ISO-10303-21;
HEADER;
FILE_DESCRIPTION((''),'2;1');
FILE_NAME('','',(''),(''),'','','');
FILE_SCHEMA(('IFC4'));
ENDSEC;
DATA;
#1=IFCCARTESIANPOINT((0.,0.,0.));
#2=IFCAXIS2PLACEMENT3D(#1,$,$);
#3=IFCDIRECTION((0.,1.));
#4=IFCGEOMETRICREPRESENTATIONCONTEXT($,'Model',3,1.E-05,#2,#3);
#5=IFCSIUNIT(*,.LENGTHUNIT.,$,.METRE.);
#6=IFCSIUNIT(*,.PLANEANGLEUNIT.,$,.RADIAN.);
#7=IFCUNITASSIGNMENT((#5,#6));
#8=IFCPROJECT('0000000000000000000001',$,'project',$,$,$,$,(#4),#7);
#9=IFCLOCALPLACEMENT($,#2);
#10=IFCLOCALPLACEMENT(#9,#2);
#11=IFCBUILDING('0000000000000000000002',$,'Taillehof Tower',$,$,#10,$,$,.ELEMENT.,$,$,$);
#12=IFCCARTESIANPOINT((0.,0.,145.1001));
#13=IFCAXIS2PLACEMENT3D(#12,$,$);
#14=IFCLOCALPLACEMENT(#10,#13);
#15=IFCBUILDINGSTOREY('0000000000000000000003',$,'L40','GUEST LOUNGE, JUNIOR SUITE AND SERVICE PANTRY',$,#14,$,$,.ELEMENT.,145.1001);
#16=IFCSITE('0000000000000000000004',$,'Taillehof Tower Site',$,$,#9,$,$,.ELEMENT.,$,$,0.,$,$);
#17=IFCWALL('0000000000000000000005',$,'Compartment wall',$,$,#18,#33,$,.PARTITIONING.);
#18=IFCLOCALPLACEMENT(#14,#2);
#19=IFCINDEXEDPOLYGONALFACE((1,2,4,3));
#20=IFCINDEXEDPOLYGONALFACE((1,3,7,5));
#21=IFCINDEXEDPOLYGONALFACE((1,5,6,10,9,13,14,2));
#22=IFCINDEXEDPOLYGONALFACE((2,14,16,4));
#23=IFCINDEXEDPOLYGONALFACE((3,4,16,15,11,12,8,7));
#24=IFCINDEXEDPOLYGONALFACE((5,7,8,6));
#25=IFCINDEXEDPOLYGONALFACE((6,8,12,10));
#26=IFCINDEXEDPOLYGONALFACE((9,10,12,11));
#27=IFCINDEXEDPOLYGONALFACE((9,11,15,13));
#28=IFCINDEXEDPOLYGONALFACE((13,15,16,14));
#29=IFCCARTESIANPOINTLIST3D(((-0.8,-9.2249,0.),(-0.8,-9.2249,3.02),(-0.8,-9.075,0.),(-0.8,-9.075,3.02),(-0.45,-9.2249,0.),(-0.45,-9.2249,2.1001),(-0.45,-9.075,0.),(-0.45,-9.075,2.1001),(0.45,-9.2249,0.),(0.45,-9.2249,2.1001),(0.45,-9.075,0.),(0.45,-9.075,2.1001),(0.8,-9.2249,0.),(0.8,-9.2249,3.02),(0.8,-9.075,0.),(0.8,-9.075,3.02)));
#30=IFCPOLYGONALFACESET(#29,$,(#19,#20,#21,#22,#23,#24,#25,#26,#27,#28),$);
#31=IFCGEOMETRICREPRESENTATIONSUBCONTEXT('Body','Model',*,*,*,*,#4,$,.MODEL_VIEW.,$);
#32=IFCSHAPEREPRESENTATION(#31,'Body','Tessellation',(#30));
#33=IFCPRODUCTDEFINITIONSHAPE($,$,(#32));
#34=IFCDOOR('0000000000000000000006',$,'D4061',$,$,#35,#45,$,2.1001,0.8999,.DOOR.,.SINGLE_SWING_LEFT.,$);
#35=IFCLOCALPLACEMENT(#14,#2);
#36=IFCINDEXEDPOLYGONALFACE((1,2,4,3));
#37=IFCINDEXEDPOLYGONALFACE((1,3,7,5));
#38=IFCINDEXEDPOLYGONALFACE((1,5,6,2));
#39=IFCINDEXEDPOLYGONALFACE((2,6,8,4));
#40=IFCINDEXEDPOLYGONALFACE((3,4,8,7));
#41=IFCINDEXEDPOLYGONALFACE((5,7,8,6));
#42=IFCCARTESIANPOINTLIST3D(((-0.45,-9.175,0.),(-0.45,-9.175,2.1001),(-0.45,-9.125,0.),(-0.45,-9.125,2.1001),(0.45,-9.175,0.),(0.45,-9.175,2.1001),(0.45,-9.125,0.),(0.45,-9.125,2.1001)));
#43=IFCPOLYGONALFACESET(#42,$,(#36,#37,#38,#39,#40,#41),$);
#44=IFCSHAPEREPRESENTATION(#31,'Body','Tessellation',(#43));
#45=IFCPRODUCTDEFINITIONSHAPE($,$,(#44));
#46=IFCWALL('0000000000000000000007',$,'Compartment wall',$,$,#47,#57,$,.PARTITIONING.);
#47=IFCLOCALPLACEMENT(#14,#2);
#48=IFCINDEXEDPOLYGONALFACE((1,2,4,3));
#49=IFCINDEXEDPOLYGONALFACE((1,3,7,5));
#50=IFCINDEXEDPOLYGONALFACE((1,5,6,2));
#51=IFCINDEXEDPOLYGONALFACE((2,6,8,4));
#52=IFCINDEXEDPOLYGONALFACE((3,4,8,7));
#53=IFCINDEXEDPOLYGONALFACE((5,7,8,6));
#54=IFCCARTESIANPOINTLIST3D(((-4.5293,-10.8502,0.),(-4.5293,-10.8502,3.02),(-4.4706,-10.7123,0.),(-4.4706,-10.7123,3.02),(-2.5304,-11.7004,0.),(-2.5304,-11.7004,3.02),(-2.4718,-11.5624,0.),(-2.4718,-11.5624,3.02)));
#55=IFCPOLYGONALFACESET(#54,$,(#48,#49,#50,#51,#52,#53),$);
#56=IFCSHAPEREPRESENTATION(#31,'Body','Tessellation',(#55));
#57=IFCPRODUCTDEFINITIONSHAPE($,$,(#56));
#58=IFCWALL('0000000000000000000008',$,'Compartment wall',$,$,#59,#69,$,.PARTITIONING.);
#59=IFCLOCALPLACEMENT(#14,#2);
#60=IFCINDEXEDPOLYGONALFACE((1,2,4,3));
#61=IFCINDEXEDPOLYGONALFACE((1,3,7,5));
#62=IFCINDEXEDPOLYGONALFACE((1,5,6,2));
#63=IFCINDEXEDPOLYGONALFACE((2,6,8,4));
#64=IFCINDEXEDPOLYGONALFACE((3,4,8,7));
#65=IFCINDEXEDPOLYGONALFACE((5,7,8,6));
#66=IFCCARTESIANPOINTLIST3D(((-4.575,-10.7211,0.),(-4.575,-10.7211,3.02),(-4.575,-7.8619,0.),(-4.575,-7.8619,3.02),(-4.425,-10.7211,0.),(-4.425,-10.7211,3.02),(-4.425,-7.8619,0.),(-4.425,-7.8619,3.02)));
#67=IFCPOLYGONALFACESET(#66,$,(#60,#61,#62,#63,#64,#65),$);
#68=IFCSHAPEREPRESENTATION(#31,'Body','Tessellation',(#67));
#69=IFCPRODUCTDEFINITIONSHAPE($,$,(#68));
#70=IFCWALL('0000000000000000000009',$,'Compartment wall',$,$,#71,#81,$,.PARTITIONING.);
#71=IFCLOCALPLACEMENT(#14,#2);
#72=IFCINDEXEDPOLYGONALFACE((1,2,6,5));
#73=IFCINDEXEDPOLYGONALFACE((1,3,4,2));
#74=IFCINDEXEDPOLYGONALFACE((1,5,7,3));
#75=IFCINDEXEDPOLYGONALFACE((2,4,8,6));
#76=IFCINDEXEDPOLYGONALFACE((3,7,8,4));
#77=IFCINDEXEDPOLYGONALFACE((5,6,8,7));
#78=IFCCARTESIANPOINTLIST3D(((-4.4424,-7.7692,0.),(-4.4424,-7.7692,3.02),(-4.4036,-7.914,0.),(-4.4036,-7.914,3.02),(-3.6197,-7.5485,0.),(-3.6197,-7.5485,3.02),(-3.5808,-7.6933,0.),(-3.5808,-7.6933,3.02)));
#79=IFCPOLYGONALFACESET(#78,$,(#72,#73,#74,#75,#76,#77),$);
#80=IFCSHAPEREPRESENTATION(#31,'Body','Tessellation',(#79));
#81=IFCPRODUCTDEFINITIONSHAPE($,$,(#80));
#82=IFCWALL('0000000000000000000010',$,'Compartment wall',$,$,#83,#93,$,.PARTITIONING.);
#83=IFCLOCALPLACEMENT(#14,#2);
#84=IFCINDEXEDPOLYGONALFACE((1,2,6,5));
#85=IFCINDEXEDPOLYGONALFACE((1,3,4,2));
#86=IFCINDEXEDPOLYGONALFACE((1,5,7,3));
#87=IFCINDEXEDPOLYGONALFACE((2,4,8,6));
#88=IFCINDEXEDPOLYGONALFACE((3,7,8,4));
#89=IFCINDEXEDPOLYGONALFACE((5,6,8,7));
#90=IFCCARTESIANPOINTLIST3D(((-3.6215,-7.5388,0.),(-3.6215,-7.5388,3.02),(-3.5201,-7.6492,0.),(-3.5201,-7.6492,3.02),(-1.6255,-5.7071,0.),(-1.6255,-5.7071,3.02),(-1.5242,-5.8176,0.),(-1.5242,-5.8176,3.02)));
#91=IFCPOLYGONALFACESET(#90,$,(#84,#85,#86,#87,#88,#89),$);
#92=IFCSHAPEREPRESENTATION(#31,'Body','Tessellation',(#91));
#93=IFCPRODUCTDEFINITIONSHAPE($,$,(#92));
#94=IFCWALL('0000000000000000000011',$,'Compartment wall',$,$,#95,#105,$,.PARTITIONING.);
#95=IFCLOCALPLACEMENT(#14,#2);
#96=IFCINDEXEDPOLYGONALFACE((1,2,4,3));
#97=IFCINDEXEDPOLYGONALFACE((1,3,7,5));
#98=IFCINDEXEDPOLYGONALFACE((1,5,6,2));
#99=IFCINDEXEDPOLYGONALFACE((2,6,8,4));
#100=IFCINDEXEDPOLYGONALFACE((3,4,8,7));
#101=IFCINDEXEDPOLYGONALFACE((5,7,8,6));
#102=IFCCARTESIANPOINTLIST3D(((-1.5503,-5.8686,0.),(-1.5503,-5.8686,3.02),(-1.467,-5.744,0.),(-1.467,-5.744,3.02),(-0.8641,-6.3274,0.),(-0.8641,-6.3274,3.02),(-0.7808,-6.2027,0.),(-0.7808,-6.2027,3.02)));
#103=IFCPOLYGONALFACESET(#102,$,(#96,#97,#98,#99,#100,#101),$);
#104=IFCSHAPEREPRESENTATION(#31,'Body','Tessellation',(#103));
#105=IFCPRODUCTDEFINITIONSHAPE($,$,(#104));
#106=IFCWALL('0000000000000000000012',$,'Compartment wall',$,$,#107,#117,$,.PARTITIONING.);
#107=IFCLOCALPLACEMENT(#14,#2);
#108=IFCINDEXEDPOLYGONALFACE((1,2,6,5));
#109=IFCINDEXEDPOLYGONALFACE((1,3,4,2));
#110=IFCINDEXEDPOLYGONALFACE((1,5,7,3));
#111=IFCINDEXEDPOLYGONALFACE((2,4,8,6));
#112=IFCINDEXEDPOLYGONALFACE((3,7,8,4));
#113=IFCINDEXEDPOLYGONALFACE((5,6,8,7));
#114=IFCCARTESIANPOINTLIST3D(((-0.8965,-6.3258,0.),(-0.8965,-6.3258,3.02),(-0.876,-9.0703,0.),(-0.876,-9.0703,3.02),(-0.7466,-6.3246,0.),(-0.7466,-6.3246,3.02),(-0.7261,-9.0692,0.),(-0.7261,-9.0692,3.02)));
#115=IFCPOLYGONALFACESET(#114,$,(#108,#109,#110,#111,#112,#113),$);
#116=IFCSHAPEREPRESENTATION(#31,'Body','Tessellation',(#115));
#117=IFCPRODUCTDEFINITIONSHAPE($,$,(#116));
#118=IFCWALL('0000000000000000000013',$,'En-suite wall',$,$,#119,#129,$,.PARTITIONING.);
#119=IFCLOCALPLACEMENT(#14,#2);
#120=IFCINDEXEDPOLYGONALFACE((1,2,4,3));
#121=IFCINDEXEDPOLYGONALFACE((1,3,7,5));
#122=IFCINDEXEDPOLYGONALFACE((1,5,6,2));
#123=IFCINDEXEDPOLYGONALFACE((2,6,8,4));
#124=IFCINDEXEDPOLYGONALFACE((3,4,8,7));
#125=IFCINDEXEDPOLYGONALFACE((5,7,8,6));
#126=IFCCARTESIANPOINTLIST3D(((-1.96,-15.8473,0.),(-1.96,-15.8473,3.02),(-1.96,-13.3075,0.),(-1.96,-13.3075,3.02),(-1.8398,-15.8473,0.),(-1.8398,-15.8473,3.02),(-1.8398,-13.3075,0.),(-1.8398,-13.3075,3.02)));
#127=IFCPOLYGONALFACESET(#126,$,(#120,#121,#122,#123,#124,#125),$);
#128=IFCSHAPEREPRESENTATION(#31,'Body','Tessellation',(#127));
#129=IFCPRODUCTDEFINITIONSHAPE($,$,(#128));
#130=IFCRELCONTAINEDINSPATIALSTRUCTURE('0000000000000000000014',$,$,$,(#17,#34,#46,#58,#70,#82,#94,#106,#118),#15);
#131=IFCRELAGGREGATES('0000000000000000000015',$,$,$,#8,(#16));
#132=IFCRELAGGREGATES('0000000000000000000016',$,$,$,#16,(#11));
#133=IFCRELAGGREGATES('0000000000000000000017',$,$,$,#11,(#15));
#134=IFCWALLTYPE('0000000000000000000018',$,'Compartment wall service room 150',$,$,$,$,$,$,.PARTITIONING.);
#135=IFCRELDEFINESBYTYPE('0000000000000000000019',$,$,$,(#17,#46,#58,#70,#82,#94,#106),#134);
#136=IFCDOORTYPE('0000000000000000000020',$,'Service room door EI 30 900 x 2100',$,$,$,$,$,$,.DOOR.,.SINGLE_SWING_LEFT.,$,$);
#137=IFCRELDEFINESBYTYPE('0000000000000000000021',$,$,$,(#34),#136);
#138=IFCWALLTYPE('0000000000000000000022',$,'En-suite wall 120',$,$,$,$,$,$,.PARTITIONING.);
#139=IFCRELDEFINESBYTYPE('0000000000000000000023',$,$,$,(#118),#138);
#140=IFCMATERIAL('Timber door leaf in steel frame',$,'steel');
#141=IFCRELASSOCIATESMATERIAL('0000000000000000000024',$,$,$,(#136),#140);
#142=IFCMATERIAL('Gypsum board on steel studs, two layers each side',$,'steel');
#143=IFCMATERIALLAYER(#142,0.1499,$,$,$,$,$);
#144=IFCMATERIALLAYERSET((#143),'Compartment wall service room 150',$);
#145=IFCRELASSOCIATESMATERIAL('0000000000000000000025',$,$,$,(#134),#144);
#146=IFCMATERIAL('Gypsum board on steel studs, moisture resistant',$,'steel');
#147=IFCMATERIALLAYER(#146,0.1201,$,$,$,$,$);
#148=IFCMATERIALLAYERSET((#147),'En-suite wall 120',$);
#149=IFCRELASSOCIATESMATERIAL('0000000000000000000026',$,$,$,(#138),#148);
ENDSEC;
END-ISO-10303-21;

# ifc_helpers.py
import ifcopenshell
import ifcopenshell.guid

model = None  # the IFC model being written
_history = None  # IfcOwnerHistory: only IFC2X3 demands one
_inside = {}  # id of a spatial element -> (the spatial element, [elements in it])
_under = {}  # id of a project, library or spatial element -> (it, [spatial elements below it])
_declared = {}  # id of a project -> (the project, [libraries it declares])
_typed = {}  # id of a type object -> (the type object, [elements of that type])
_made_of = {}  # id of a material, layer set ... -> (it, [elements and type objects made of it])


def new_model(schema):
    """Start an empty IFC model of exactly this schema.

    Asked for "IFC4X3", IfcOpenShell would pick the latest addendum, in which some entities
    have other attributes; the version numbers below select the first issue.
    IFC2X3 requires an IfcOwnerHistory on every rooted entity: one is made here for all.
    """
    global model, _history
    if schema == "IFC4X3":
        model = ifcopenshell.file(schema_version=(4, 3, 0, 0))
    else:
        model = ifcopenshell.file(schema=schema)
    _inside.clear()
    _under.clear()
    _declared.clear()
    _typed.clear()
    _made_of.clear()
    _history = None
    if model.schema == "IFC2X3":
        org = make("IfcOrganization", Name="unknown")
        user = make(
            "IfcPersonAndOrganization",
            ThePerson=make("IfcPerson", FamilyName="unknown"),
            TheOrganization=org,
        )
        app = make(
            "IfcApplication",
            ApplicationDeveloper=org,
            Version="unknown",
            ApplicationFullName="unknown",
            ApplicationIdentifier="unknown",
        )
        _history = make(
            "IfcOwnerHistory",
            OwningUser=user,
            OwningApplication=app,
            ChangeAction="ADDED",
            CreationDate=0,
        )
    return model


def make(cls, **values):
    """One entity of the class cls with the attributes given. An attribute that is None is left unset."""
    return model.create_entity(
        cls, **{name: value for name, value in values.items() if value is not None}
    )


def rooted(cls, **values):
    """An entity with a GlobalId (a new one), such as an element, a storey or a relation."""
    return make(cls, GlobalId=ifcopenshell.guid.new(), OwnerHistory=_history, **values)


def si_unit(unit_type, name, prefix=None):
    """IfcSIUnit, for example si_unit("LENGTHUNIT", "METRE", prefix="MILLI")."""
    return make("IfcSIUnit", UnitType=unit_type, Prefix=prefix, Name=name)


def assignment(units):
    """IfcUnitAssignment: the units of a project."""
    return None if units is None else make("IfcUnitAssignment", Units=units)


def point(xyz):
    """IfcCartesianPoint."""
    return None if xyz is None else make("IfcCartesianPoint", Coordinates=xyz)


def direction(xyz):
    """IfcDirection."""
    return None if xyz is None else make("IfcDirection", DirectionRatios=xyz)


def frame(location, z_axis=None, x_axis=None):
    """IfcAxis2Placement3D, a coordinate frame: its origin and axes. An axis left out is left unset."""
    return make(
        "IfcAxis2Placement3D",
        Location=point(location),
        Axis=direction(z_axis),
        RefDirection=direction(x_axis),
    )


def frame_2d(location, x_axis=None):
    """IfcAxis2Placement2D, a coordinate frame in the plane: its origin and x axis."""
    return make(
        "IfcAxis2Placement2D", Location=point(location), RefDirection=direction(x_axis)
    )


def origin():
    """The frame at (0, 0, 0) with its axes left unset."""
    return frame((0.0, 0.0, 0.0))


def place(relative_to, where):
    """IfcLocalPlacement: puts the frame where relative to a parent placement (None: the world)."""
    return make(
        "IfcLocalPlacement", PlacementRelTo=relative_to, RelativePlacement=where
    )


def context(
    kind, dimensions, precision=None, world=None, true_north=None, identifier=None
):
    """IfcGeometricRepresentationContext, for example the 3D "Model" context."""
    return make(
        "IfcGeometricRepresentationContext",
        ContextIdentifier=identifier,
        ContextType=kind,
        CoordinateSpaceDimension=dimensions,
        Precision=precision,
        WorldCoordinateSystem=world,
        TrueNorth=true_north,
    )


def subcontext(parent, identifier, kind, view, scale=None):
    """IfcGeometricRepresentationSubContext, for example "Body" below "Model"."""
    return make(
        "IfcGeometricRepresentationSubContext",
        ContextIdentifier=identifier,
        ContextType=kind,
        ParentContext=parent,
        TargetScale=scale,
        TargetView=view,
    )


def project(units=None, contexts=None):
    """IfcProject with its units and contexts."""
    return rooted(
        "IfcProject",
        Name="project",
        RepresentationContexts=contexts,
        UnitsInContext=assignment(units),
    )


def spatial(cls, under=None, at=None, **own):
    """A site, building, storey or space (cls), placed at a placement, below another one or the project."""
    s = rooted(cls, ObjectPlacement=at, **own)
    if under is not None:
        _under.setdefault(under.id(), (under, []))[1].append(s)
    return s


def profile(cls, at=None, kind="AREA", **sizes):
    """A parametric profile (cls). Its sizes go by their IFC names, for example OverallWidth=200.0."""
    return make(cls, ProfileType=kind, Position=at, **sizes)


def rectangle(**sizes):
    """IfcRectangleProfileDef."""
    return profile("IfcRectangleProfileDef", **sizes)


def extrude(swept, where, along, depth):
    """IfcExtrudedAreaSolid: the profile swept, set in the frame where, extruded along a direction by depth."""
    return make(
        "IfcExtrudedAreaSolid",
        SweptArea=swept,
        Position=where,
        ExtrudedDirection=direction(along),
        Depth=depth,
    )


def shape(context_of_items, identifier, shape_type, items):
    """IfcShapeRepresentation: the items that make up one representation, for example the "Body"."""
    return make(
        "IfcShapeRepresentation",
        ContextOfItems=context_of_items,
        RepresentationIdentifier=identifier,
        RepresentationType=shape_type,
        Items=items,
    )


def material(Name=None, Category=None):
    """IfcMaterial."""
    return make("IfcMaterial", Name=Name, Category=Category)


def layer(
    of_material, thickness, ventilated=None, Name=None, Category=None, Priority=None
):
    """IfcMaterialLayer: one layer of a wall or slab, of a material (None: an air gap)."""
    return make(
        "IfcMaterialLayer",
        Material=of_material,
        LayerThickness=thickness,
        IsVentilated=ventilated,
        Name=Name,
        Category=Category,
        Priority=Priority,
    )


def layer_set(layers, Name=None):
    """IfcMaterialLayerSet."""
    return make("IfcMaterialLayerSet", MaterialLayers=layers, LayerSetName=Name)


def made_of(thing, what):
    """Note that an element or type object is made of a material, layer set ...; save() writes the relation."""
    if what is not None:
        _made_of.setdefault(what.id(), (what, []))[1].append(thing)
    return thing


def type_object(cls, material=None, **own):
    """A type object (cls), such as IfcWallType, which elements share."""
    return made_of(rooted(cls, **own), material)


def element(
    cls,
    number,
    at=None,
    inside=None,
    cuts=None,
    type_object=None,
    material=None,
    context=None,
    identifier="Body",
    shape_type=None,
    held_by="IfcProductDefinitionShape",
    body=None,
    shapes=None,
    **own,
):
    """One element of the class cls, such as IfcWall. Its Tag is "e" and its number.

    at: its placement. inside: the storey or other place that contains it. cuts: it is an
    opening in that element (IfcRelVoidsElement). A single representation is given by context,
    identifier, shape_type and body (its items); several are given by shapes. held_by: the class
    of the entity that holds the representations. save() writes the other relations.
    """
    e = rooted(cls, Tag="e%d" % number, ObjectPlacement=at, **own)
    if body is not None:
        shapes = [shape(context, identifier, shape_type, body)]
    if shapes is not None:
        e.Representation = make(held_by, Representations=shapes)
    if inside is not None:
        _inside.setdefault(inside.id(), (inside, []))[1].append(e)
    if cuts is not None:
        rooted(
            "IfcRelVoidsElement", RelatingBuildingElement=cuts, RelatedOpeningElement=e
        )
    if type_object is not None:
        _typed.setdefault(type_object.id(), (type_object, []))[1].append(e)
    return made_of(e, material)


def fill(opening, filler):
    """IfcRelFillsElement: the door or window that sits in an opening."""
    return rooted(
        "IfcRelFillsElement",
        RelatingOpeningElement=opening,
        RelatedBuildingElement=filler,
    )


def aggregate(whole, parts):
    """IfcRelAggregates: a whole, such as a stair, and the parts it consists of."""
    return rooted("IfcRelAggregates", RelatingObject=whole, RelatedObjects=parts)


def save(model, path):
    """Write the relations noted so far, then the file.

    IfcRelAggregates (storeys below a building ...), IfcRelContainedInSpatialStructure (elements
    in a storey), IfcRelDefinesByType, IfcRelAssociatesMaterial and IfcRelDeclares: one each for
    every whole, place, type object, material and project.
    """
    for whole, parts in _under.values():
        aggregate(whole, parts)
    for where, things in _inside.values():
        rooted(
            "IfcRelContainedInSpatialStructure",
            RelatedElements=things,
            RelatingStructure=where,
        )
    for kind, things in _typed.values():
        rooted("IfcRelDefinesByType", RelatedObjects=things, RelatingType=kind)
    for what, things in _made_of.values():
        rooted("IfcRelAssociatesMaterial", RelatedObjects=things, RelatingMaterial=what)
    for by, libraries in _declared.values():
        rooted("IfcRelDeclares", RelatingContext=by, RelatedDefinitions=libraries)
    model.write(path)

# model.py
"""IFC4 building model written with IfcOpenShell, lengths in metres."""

from ifc_helpers import new_model, si_unit, direction, frame, frame_2d, origin, place, context, subcontext, project, spatial, rectangle, extrude, material, layer, layer_set, type_object, element, fill, save


model = new_model("IFC4")

# Units and contexts
model_context = context("Model", 3, precision=1e-05, world=origin(), true_north=direction((0.0, 1.0)))
body_context = subcontext(model_context, "Body", "Model", "MODEL_VIEW")
ifc_project = project(units=[si_unit("LENGTHUNIT", "METRE"), si_unit("PLANEANGLEUNIT", "RADIAN")], contexts=[model_context])

# Site, building, storey
site_placement = place(None, origin())
site = spatial("IfcSite", under=ifc_project, at=site_placement, Name="Taillehof Tower Site", CompositionType="ELEMENT", RefElevation=0.0)
building_placement = place(site_placement, origin())
building = spatial("IfcBuilding", under=site, at=building_placement, Name="Taillehof Tower", CompositionType="ELEMENT")
storey_placement = place(building_placement, frame((0.0, 0.0, 145.1001)))
storey = spatial("IfcBuildingStorey", under=building, at=storey_placement, Name="L40", Description="GUEST LOUNGE, JUNIOR SUITE AND SERVICE PANTRY", CompositionType="ELEMENT", Elevation=145.1001)

# Shared definitions
ifc_material_1 = material(Name="Timber door leaf in steel frame", Category="steel")
door_type_1 = type_object("IfcDoorType", Name="Service room door EI 30 900 x 2100", OperationType="SINGLE_SWING_LEFT", PredefinedType="DOOR", material=ifc_material_1)

# Wall, opening, door
ifc_material_2 = material(Name="Gypsum board on steel studs, two layers each side", Category="steel")
ifc_layer_1 = layer(ifc_material_2, 0.1499)
ifc_layer_set_1 = layer_set([ifc_layer_1], Name="Compartment wall service room 150")
wall_type_1 = type_object("IfcWallType", Name="Compartment wall service room 150", PredefinedType="PARTITIONING", material=ifc_layer_set_1)
wall_1_placement = place(storey_placement, frame((-0.8, -9.1499, 0.0), z_axis=(0.0, 0.0, 1.0), x_axis=(1.0, 0.0, 0.0)))
wall_1 = element("IfcWall", 1, at=wall_1_placement, inside=storey, type_object=wall_type_1, Name="Compartment wall", PredefinedType="PARTITIONING", context=body_context, shape_type="SweptSolid", body=[
    extrude(rectangle(XDim=1.6001, YDim=0.1499, at=frame_2d((0.8, 0.0))), origin(), (0.0, 0.0, 1.0), 3.02),
])
opening_1_placement = place(wall_1_placement, frame((0.3501, 0.0, 0.0)))
opening_1 = element("IfcOpeningElement", 2, at=opening_1_placement, cuts=wall_1, PredefinedType="OPENING", context=body_context, shape_type="SweptSolid", body=[
    extrude(rectangle(XDim=0.8999, YDim=2.1001, at=frame_2d((0.45, 1.05))), frame((0.0, 0.085, 0.0), z_axis=(0.0, -1.0, 0.0), x_axis=(1.0, 0.0, 0.0)), (0.0, 0.0, 1.0), 0.1699),
])
door_1_placement = place(opening_1_placement, origin())
door_1 = element("IfcDoor", 3, at=door_1_placement, inside=storey, type_object=door_type_1, Name="D4061", OperationType="SINGLE_SWING_LEFT", OverallHeight=2.1001, OverallWidth=0.8999, PredefinedType="DOOR", context=body_context, shape_type="SweptSolid", body=[
    extrude(rectangle(XDim=0.8999, YDim=2.1001, at=frame_2d((0.45, 1.05))), frame((0.0, 0.0249, 0.0), z_axis=(0.0, -1.0, 0.0), x_axis=(1.0, 0.0, 0.0)), (0.0, 0.0, 1.0), 0.05),
])
fill(opening_1, door_1)

# Walls
wall_2_placement = place(storey_placement, frame((-2.5012, -11.6313, 0.0), z_axis=(0.0, 0.0, 1.0), x_axis=(-0.920229, 0.391381, 0.0)))
element("IfcWall", 4, at=wall_2_placement, inside=storey, type_object=wall_type_1, Name="Compartment wall", PredefinedType="PARTITIONING", context=body_context, shape_type="SweptSolid", body=[
    extrude(rectangle(XDim=2.1721, YDim=0.1499, at=frame_2d((1.0859, 0.0))), origin(), (0.0, 0.0, 1.0), 3.02),
])
wall_3_placement = place(storey_placement, frame((-4.5, -10.7212, 0.0), z_axis=(0.0, 0.0, 1.0), x_axis=(0.0, 1.0, 0.0)))
element("IfcWall", 5, at=wall_3_placement, inside=storey, type_object=wall_type_1, Name="Compartment wall", PredefinedType="PARTITIONING", context=body_context, shape_type="SweptSolid", body=[
    extrude(rectangle(XDim=2.8591, YDim=0.1499, at=frame_2d((1.4297, 0.0))), origin(), (0.0, 0.0, 1.0), 3.02),
])
wall_4_placement = place(storey_placement, frame((-4.4229, -7.8416, 0.0), z_axis=(0.0, 0.0, 1.0), x_axis=(0.965853, 0.259089, 0.0)))
element("IfcWall", 6, at=wall_4_placement, inside=storey, type_object=wall_type_1, Name="Compartment wall", PredefinedType="PARTITIONING", context=body_context, shape_type="SweptSolid", body=[
    extrude(rectangle(XDim=0.8518, YDim=0.1499, at=frame_2d((0.4258, 0.0))), origin(), (0.0, 0.0, 1.0), 3.02),
])
wall_5_placement = place(storey_placement, frame((-3.5708, -7.594, 0.0), z_axis=(0.0, 0.0, 1.0), x_axis=(0.736784, 0.676129, 0.0)))
element("IfcWall", 7, at=wall_5_placement, inside=storey, type_object=wall_type_1, Name="Compartment wall", PredefinedType="PARTITIONING", context=body_context, shape_type="SweptSolid", body=[
    extrude(rectangle(XDim=2.709, YDim=0.1499, at=frame_2d((1.3545, 0.0))), origin(), (0.0, 0.0, 1.0), 3.02),
])
wall_6_placement = place(storey_placement, frame((-1.5085, -5.8064, 0.0), z_axis=(0.0, 0.0, 1.0), x_axis=(0.831367, -0.555724, 0.0)))
element("IfcWall", 8, at=wall_6_placement, inside=storey, type_object=wall_type_1, Name="Compartment wall", PredefinedType="PARTITIONING", context=body_context, shape_type="SweptSolid", body=[
    extrude(rectangle(XDim=0.8254, YDim=0.1499, at=frame_2d((0.4126, 0.0))), origin(), (0.0, 0.0, 1.0), 3.02),
])
wall_7_placement = place(storey_placement, frame((-0.8215, -6.3252, 0.0), z_axis=(0.0, 0.0, 1.0), x_axis=(0.007472, -0.999972, 0.0)))
element("IfcWall", 9, at=wall_7_placement, inside=storey, type_object=wall_type_1, Name="Compartment wall", PredefinedType="PARTITIONING", context=body_context, shape_type="SweptSolid", body=[
    extrude(rectangle(XDim=2.7446, YDim=0.1499, at=frame_2d((1.3723, 0.0))), origin(), (0.0, 0.0, 1.0), 3.02),
])
ifc_material_3 = material(Name="Gypsum board on steel studs, moisture resistant", Category="steel")
ifc_layer_2 = layer(ifc_material_3, 0.1201)
ifc_layer_set_2 = layer_set([ifc_layer_2], Name="En-suite wall 120")
wall_type_2 = type_object("IfcWallType", Name="En-suite wall 120", PredefinedType="PARTITIONING", material=ifc_layer_set_2)
wall_8_placement = place(storey_placement, frame((-1.8999, -13.3074, 0.0), z_axis=(0.0, 0.0, 1.0), x_axis=(0.0, -1.0, 0.0)))
element("IfcWall", 10, at=wall_8_placement, inside=storey, type_object=wall_type_2, Name="En-suite wall", PredefinedType="PARTITIONING", context=body_context, shape_type="SweptSolid", body=[
    extrude(rectangle(XDim=2.5398, YDim=0.1201, at=frame_2d((1.27, 0.0))), origin(), (0.0, 0.0, 1.0), 3.02),
])

save(model, "model.ifc")
